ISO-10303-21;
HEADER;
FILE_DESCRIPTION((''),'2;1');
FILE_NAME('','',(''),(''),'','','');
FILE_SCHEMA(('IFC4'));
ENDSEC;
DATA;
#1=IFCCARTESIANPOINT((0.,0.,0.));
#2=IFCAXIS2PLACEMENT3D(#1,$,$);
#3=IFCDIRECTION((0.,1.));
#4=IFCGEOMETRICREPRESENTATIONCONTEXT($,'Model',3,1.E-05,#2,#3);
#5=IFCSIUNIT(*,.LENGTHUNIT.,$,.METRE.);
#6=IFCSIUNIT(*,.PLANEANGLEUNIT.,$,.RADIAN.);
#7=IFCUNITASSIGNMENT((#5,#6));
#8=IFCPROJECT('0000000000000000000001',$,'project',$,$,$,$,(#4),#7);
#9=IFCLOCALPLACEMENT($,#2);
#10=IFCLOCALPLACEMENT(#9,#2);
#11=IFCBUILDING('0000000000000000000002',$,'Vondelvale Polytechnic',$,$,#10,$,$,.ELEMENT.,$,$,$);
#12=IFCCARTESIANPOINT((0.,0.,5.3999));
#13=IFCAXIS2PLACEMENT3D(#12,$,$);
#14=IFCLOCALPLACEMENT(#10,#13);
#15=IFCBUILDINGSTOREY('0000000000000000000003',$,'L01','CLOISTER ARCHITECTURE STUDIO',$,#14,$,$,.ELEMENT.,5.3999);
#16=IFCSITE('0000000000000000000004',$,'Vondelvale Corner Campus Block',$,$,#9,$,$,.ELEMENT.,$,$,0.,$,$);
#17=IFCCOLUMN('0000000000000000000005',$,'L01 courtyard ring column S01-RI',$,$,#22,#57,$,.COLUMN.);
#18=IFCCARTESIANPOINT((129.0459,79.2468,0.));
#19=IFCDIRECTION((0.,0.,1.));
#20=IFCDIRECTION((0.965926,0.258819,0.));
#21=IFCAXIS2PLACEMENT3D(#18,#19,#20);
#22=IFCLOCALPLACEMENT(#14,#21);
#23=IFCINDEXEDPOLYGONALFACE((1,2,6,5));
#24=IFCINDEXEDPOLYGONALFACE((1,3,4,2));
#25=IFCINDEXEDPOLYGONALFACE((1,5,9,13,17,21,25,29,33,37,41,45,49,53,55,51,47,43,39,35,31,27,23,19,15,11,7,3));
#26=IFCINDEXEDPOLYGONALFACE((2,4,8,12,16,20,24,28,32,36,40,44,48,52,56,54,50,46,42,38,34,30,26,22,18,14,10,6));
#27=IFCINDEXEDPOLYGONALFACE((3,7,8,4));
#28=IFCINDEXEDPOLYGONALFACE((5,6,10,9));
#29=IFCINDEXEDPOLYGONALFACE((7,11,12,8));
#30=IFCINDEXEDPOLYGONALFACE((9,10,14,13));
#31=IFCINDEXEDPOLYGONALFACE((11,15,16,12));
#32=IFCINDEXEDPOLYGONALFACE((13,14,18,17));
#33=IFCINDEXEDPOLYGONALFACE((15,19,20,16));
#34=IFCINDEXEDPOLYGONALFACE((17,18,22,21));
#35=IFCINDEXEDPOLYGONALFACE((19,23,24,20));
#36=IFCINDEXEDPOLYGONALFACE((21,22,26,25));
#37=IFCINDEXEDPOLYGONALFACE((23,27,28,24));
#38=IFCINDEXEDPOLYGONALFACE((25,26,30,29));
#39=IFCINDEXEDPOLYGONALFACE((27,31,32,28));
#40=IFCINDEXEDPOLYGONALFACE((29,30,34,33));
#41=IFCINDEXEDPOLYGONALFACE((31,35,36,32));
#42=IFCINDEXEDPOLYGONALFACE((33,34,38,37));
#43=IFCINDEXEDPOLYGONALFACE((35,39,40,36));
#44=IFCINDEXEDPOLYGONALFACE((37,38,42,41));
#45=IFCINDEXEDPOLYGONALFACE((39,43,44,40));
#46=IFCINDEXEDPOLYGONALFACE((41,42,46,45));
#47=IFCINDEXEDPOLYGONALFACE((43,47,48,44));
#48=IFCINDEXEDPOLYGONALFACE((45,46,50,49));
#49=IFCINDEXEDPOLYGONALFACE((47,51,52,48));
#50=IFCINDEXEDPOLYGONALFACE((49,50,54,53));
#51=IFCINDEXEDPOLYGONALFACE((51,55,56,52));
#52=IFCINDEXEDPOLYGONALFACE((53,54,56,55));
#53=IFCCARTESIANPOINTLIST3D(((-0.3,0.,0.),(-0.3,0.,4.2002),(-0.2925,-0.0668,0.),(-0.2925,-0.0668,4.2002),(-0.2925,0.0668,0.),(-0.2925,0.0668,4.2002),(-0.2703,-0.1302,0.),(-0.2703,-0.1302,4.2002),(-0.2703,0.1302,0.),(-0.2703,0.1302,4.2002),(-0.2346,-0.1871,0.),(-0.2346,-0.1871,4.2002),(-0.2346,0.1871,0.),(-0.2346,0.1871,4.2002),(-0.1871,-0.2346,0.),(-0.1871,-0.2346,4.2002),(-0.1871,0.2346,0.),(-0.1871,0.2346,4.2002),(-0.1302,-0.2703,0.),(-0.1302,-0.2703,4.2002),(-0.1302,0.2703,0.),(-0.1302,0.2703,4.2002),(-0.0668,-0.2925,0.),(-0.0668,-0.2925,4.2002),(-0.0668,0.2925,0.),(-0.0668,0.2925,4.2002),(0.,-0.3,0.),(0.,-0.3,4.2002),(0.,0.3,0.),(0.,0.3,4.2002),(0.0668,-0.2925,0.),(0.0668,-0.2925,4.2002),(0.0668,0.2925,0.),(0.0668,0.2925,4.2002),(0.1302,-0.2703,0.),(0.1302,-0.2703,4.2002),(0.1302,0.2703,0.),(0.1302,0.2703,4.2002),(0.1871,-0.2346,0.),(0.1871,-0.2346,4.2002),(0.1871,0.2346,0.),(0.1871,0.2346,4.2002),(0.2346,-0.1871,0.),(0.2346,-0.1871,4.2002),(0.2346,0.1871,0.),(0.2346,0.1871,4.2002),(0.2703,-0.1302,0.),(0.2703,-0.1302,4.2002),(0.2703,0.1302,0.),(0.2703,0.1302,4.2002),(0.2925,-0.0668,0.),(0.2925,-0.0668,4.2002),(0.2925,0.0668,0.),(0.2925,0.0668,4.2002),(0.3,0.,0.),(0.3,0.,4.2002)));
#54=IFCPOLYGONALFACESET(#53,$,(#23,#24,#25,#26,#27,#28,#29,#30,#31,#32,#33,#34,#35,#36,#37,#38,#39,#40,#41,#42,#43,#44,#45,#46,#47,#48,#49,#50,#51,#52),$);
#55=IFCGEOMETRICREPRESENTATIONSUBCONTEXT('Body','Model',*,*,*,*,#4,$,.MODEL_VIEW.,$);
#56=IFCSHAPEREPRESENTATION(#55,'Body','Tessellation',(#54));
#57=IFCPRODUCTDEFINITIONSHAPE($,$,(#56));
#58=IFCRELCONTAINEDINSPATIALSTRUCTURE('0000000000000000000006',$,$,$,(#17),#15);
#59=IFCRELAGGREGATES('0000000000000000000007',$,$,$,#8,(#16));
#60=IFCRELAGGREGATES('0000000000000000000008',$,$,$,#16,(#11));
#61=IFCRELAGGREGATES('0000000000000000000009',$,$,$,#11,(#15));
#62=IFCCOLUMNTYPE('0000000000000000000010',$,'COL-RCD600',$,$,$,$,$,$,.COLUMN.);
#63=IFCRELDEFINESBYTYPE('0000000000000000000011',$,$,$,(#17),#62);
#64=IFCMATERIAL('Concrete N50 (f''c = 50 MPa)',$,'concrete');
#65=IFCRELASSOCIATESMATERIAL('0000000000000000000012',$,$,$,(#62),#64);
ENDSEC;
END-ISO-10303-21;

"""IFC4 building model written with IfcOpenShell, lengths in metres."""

from ifc_helpers import new_model, si_unit, direction, frame, origin, origin_2d, place, context, subcontext, project, spatial, circle, extrude, material, material_profile, profile_set, type_object, element, save


model = new_model("IFC4")

# Units and contexts
model_context = context("Model", 3, precision=1e-05, world=origin(), true_north=direction((0.0, 1.0)))
body_context = subcontext(model_context, "Body", "Model", "MODEL_VIEW")
ifc_project = project(units=[si_unit("LENGTHUNIT", "METRE"), si_unit("PLANEANGLEUNIT", "RADIAN")], contexts=[model_context])

# Site, building, storey
site_placement = place(None, origin())
site = spatial("IfcSite", under=ifc_project, at=site_placement, Name="Vondelvale Corner Campus Block", CompositionType="ELEMENT", RefElevation=0.0)
building_placement = place(site_placement, origin())
building = spatial("IfcBuilding", under=site, at=building_placement, Name="Vondelvale Polytechnic", CompositionType="ELEMENT")
storey_placement = place(building_placement, frame((0.0, 0.0, 5.3999)))
storey = spatial("IfcBuildingStorey", under=building, at=storey_placement, Name="L01", Description="CLOISTER ARCHITECTURE STUDIO", CompositionType="ELEMENT", Elevation=5.3999)

# Column
ifc_material_1 = material(Name="Concrete N50 (f'c = 50 MPa)", Category="concrete")
ifc_material_profile_1 = material_profile(ifc_material_1, circle(Radius=0.3, at=origin_2d()), Name="RC-COL-D600")
ifc_profile_set_1 = profile_set([ifc_material_profile_1], Name="Concrete N50 (f'c = 50 MPa)")
column_type = type_object("IfcColumnType", Name="COL-RCD600", PredefinedType="COLUMN", material=ifc_profile_set_1)
column_placement = place(storey_placement, frame((129.0459, 79.2468, 0.0), z_axis=(0.0, 0.0, 1.0), x_axis=(0.965926, 0.258819, 0.0)))
element("IfcColumn", 1, at=column_placement, inside=storey, type_object=column_type, Name="L01 courtyard ring column S01-RI", PredefinedType="COLUMN", context=body_context, shape_type="SweptSolid", body=[
    extrude(circle(Radius=0.3, at=origin_2d()), origin(), (0.0, 0.0, 1.0), 4.2002),
])

save(model, "model.ifc")
